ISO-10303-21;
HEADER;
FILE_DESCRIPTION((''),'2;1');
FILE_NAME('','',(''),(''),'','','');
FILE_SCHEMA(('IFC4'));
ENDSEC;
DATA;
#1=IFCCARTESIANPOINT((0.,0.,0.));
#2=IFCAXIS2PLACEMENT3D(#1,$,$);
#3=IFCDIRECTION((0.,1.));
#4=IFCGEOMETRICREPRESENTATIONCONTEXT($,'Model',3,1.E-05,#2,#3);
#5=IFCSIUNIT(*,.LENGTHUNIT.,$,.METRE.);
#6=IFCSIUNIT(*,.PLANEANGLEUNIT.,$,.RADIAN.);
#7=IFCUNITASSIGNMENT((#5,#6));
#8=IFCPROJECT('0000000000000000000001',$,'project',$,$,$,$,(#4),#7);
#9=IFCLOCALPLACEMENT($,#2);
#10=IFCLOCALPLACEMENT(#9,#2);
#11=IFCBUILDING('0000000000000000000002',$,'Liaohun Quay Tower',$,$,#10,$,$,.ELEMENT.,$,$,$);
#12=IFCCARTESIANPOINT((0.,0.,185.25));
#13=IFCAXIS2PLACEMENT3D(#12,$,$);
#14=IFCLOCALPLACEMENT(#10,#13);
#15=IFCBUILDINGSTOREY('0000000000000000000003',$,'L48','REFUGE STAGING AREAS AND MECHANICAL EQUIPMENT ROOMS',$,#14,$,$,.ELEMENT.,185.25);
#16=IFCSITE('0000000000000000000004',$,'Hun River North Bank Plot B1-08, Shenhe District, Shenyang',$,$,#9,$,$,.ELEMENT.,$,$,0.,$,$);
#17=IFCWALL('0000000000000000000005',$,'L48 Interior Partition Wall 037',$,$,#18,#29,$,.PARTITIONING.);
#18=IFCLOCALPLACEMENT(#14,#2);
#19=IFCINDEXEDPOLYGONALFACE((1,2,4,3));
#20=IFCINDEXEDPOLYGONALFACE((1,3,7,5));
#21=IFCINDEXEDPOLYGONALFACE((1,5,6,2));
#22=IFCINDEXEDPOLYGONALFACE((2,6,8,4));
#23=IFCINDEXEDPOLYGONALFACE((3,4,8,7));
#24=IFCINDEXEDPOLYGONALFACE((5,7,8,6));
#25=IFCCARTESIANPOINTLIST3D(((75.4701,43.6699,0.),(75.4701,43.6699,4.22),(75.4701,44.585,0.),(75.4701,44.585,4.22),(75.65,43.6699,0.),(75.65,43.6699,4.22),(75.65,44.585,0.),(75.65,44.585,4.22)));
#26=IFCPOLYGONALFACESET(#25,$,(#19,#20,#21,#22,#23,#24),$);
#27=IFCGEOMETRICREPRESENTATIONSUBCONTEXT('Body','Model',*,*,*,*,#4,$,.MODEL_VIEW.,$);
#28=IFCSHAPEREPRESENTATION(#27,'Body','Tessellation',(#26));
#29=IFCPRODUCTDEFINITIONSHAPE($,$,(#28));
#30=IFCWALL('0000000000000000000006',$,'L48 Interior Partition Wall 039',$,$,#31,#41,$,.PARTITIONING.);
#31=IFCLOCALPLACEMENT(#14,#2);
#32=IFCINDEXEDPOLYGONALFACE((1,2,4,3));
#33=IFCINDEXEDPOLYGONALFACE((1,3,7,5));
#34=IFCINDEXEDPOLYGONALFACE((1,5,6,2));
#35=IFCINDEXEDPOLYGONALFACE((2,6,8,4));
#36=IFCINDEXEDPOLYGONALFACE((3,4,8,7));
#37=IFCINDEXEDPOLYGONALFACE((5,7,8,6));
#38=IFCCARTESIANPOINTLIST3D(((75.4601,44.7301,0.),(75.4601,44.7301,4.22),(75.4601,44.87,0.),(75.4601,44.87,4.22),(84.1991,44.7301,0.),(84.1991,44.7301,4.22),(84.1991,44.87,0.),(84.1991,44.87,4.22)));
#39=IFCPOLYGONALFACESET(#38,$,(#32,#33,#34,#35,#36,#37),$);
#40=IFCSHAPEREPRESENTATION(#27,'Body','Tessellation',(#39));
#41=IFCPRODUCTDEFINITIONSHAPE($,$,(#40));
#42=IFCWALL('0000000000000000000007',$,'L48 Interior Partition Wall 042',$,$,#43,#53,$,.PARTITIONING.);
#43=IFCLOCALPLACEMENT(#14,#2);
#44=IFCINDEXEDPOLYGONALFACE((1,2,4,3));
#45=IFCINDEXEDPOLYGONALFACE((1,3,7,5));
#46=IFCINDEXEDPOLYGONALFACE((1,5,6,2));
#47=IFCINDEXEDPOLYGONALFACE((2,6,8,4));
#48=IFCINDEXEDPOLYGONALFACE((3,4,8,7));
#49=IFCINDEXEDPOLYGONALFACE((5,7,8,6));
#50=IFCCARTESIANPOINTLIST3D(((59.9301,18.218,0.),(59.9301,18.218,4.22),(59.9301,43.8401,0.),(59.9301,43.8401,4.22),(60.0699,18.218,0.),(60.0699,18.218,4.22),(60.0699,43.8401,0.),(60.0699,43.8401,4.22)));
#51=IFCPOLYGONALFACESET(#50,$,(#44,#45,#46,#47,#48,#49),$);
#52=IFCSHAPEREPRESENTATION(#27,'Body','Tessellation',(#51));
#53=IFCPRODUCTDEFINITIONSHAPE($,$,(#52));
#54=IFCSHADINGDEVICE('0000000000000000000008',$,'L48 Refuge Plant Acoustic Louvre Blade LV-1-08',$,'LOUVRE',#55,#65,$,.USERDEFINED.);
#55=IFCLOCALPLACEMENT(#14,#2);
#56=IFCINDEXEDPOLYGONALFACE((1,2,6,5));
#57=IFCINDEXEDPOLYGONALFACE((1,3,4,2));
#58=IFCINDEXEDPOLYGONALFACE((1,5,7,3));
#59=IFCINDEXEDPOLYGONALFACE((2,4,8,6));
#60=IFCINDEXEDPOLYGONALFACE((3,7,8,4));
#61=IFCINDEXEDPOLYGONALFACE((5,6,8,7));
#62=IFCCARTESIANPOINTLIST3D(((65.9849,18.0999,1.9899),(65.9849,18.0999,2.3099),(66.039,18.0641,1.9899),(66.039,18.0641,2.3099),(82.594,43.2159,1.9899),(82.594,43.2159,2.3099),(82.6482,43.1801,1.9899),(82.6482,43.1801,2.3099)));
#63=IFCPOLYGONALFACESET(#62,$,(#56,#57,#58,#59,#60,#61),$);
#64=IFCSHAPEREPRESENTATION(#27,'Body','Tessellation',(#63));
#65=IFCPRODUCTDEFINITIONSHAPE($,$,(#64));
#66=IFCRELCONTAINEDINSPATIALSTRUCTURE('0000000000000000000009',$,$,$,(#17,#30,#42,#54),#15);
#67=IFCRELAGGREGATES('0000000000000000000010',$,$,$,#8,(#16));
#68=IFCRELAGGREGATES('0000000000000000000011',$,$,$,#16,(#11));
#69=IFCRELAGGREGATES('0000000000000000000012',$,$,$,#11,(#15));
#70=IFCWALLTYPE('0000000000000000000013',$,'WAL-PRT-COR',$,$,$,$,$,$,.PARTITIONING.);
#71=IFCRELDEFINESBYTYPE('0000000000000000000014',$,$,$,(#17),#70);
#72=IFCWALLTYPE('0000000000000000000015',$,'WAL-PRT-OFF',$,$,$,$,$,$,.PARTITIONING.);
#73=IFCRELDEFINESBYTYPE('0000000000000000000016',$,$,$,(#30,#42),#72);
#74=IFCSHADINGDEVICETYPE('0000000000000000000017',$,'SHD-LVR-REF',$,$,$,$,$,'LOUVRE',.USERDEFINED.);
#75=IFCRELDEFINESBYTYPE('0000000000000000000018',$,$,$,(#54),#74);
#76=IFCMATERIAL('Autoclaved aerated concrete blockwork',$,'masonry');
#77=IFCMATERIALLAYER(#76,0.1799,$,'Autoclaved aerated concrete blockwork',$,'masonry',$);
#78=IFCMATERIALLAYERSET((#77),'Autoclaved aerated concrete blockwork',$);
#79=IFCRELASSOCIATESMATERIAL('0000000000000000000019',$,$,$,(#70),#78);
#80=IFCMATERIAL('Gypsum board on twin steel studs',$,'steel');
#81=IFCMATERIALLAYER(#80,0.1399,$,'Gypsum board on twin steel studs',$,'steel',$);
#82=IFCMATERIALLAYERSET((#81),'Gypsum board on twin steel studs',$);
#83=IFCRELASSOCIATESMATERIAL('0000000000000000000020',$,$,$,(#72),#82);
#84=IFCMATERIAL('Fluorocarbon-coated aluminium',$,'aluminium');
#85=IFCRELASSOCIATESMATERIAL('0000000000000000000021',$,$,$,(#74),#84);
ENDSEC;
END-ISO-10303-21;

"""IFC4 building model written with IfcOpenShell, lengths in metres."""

from ifc_helpers import new_model, si_unit, direction, frame, frame_2d, origin, origin_2d, place, context, subcontext, project, spatial, rectangle, extrude, source, transform, mapped, material, layer, layer_set, material_profile, profile_set, type_object, element, save


model = new_model("IFC4")

# Units and contexts
model_context = context("Model", 3, precision=1e-05, world=origin(), true_north=direction((0.0, 1.0)))
body_context = subcontext(model_context, "Body", "Model", "MODEL_VIEW")
ifc_project = project(units=[si_unit("LENGTHUNIT", "METRE"), si_unit("PLANEANGLEUNIT", "RADIAN")], contexts=[model_context])

# Site, building, storey
site_placement = place(None, origin())
site = spatial("IfcSite", under=ifc_project, at=site_placement, Name="Hun River North Bank Plot B1-08, Shenhe District, Shenyang", CompositionType="ELEMENT", RefElevation=0.0)
building_placement = place(site_placement, origin())
building = spatial("IfcBuilding", under=site, at=building_placement, Name="Liaohun Quay Tower", CompositionType="ELEMENT")
storey_placement = place(building_placement, frame((0.0, 0.0, 185.25)))
storey = spatial("IfcBuildingStorey", under=building, at=storey_placement, Name="L48", Description="REFUGE STAGING AREAS AND MECHANICAL EQUIPMENT ROOMS", CompositionType="ELEMENT", Elevation=185.25)

# Shared definitions
ifc_material_1 = material(Name="Autoclaved aerated concrete blockwork", Category="masonry")
ifc_layer_1 = layer(ifc_material_1, 0.1799, Name="Autoclaved aerated concrete blockwork", Category="masonry")
ifc_layer_set_1 = layer_set([ifc_layer_1], Name="Autoclaved aerated concrete blockwork")
wall_type_1 = type_object("IfcWallType", Name="WAL-PRT-COR", PredefinedType="PARTITIONING", material=ifc_layer_set_1)

# Walls
wall_1_placement = place(storey_placement, frame((75.5601, 44.585, 0.0), z_axis=(0.0, 0.0, 1.0), x_axis=(0.0, -1.0, 0.0)))
element("IfcWall", 1, at=wall_1_placement, inside=storey, type_object=wall_type_1, Name="L48 Interior Partition Wall 037", PredefinedType="PARTITIONING", context=body_context, shape_type="SweptSolid", body=[
    extrude(rectangle(XDim=0.915, YDim=0.1799, at=frame_2d((0.4575, 0.0))), origin(), (0.0, 0.0, 1.0), 4.22),
])
ifc_material_2 = material(Name="Gypsum board on twin steel studs", Category="steel")
ifc_layer_2 = layer(ifc_material_2, 0.1399, Name="Gypsum board on twin steel studs", Category="steel")
ifc_layer_set_2 = layer_set([ifc_layer_2], Name="Gypsum board on twin steel studs")
wall_type_2 = type_object("IfcWallType", Name="WAL-PRT-OFF", PredefinedType="PARTITIONING", material=ifc_layer_set_2)
wall_2_placement = place(storey_placement, frame((75.46, 44.8, 0.0), z_axis=(0.0, 0.0, 1.0), x_axis=(1.0, 0.0, 0.0)))
element("IfcWall", 2, at=wall_2_placement, inside=storey, type_object=wall_type_2, Name="L48 Interior Partition Wall 039", PredefinedType="PARTITIONING", context=body_context, shape_type="SweptSolid", body=[
    extrude(rectangle(XDim=8.739, YDim=0.1399, at=frame_2d((4.3696, 0.0))), origin(), (0.0, 0.0, 1.0), 4.22),
])
wall_3_placement = place(storey_placement, frame((60.0, 43.8401, 0.0), z_axis=(0.0, 0.0, 1.0), x_axis=(0.0, -1.0, 0.0)))
element("IfcWall", 3, at=wall_3_placement, inside=storey, type_object=wall_type_2, Name="L48 Interior Partition Wall 042", PredefinedType="PARTITIONING", context=body_context, shape_type="SweptSolid", body=[
    extrude(rectangle(XDim=25.6221, YDim=0.1399, at=frame_2d((12.811, 0.0))), origin(), (0.0, 0.0, 1.0), 4.22),
])

# Shading device
ifc_material_3 = material(Name="Fluorocarbon-coated aluminium", Category="aluminium")
ifc_material_profile_1 = material_profile(ifc_material_3, rectangle(XDim=0.0649, YDim=0.3201, at=origin_2d()), Name="ALU-LVR-320x65")
ifc_profile_set_1 = profile_set([ifc_material_profile_1], Name="Fluorocarbon-coated aluminium")
shading_device_type = type_object("IfcShadingDeviceType", Name="SHD-LVR-REF", ElementType="LOUVRE", PredefinedType="USERDEFINED", material=ifc_profile_set_1)
shared_shape_1 = source(origin(), body_context, "Body", "SweptSolid", [
    extrude(rectangle(XDim=0.0649, YDim=0.3201, at=origin_2d()), origin(), (0.0, 0.0, 1.0), 30.1111),
])
shading_device_placement = place(storey_placement, frame((82.6211, 43.198, 2.1499), z_axis=(-0.551596, -0.834111, 0.0), x_axis=(0.834111, -0.551596, 0.0)))
element("IfcShadingDevice", 4, at=shading_device_placement, inside=storey, type_object=shading_device_type, Name="L48 Refuge Plant Acoustic Louvre Blade LV-1-08", ObjectType="LOUVRE", PredefinedType="USERDEFINED", context=body_context, shape_type="MappedRepresentation", body=[
    mapped(shared_shape_1, transform((0.0, 0.0, 0.0), x_axis=(1.0, 0.0, 0.0), y_axis=(0.0, 1.0, 0.0), z_axis=(0.0, 0.0, 1.0), scale=1.0)),
])

save(model, "model.ifc")
